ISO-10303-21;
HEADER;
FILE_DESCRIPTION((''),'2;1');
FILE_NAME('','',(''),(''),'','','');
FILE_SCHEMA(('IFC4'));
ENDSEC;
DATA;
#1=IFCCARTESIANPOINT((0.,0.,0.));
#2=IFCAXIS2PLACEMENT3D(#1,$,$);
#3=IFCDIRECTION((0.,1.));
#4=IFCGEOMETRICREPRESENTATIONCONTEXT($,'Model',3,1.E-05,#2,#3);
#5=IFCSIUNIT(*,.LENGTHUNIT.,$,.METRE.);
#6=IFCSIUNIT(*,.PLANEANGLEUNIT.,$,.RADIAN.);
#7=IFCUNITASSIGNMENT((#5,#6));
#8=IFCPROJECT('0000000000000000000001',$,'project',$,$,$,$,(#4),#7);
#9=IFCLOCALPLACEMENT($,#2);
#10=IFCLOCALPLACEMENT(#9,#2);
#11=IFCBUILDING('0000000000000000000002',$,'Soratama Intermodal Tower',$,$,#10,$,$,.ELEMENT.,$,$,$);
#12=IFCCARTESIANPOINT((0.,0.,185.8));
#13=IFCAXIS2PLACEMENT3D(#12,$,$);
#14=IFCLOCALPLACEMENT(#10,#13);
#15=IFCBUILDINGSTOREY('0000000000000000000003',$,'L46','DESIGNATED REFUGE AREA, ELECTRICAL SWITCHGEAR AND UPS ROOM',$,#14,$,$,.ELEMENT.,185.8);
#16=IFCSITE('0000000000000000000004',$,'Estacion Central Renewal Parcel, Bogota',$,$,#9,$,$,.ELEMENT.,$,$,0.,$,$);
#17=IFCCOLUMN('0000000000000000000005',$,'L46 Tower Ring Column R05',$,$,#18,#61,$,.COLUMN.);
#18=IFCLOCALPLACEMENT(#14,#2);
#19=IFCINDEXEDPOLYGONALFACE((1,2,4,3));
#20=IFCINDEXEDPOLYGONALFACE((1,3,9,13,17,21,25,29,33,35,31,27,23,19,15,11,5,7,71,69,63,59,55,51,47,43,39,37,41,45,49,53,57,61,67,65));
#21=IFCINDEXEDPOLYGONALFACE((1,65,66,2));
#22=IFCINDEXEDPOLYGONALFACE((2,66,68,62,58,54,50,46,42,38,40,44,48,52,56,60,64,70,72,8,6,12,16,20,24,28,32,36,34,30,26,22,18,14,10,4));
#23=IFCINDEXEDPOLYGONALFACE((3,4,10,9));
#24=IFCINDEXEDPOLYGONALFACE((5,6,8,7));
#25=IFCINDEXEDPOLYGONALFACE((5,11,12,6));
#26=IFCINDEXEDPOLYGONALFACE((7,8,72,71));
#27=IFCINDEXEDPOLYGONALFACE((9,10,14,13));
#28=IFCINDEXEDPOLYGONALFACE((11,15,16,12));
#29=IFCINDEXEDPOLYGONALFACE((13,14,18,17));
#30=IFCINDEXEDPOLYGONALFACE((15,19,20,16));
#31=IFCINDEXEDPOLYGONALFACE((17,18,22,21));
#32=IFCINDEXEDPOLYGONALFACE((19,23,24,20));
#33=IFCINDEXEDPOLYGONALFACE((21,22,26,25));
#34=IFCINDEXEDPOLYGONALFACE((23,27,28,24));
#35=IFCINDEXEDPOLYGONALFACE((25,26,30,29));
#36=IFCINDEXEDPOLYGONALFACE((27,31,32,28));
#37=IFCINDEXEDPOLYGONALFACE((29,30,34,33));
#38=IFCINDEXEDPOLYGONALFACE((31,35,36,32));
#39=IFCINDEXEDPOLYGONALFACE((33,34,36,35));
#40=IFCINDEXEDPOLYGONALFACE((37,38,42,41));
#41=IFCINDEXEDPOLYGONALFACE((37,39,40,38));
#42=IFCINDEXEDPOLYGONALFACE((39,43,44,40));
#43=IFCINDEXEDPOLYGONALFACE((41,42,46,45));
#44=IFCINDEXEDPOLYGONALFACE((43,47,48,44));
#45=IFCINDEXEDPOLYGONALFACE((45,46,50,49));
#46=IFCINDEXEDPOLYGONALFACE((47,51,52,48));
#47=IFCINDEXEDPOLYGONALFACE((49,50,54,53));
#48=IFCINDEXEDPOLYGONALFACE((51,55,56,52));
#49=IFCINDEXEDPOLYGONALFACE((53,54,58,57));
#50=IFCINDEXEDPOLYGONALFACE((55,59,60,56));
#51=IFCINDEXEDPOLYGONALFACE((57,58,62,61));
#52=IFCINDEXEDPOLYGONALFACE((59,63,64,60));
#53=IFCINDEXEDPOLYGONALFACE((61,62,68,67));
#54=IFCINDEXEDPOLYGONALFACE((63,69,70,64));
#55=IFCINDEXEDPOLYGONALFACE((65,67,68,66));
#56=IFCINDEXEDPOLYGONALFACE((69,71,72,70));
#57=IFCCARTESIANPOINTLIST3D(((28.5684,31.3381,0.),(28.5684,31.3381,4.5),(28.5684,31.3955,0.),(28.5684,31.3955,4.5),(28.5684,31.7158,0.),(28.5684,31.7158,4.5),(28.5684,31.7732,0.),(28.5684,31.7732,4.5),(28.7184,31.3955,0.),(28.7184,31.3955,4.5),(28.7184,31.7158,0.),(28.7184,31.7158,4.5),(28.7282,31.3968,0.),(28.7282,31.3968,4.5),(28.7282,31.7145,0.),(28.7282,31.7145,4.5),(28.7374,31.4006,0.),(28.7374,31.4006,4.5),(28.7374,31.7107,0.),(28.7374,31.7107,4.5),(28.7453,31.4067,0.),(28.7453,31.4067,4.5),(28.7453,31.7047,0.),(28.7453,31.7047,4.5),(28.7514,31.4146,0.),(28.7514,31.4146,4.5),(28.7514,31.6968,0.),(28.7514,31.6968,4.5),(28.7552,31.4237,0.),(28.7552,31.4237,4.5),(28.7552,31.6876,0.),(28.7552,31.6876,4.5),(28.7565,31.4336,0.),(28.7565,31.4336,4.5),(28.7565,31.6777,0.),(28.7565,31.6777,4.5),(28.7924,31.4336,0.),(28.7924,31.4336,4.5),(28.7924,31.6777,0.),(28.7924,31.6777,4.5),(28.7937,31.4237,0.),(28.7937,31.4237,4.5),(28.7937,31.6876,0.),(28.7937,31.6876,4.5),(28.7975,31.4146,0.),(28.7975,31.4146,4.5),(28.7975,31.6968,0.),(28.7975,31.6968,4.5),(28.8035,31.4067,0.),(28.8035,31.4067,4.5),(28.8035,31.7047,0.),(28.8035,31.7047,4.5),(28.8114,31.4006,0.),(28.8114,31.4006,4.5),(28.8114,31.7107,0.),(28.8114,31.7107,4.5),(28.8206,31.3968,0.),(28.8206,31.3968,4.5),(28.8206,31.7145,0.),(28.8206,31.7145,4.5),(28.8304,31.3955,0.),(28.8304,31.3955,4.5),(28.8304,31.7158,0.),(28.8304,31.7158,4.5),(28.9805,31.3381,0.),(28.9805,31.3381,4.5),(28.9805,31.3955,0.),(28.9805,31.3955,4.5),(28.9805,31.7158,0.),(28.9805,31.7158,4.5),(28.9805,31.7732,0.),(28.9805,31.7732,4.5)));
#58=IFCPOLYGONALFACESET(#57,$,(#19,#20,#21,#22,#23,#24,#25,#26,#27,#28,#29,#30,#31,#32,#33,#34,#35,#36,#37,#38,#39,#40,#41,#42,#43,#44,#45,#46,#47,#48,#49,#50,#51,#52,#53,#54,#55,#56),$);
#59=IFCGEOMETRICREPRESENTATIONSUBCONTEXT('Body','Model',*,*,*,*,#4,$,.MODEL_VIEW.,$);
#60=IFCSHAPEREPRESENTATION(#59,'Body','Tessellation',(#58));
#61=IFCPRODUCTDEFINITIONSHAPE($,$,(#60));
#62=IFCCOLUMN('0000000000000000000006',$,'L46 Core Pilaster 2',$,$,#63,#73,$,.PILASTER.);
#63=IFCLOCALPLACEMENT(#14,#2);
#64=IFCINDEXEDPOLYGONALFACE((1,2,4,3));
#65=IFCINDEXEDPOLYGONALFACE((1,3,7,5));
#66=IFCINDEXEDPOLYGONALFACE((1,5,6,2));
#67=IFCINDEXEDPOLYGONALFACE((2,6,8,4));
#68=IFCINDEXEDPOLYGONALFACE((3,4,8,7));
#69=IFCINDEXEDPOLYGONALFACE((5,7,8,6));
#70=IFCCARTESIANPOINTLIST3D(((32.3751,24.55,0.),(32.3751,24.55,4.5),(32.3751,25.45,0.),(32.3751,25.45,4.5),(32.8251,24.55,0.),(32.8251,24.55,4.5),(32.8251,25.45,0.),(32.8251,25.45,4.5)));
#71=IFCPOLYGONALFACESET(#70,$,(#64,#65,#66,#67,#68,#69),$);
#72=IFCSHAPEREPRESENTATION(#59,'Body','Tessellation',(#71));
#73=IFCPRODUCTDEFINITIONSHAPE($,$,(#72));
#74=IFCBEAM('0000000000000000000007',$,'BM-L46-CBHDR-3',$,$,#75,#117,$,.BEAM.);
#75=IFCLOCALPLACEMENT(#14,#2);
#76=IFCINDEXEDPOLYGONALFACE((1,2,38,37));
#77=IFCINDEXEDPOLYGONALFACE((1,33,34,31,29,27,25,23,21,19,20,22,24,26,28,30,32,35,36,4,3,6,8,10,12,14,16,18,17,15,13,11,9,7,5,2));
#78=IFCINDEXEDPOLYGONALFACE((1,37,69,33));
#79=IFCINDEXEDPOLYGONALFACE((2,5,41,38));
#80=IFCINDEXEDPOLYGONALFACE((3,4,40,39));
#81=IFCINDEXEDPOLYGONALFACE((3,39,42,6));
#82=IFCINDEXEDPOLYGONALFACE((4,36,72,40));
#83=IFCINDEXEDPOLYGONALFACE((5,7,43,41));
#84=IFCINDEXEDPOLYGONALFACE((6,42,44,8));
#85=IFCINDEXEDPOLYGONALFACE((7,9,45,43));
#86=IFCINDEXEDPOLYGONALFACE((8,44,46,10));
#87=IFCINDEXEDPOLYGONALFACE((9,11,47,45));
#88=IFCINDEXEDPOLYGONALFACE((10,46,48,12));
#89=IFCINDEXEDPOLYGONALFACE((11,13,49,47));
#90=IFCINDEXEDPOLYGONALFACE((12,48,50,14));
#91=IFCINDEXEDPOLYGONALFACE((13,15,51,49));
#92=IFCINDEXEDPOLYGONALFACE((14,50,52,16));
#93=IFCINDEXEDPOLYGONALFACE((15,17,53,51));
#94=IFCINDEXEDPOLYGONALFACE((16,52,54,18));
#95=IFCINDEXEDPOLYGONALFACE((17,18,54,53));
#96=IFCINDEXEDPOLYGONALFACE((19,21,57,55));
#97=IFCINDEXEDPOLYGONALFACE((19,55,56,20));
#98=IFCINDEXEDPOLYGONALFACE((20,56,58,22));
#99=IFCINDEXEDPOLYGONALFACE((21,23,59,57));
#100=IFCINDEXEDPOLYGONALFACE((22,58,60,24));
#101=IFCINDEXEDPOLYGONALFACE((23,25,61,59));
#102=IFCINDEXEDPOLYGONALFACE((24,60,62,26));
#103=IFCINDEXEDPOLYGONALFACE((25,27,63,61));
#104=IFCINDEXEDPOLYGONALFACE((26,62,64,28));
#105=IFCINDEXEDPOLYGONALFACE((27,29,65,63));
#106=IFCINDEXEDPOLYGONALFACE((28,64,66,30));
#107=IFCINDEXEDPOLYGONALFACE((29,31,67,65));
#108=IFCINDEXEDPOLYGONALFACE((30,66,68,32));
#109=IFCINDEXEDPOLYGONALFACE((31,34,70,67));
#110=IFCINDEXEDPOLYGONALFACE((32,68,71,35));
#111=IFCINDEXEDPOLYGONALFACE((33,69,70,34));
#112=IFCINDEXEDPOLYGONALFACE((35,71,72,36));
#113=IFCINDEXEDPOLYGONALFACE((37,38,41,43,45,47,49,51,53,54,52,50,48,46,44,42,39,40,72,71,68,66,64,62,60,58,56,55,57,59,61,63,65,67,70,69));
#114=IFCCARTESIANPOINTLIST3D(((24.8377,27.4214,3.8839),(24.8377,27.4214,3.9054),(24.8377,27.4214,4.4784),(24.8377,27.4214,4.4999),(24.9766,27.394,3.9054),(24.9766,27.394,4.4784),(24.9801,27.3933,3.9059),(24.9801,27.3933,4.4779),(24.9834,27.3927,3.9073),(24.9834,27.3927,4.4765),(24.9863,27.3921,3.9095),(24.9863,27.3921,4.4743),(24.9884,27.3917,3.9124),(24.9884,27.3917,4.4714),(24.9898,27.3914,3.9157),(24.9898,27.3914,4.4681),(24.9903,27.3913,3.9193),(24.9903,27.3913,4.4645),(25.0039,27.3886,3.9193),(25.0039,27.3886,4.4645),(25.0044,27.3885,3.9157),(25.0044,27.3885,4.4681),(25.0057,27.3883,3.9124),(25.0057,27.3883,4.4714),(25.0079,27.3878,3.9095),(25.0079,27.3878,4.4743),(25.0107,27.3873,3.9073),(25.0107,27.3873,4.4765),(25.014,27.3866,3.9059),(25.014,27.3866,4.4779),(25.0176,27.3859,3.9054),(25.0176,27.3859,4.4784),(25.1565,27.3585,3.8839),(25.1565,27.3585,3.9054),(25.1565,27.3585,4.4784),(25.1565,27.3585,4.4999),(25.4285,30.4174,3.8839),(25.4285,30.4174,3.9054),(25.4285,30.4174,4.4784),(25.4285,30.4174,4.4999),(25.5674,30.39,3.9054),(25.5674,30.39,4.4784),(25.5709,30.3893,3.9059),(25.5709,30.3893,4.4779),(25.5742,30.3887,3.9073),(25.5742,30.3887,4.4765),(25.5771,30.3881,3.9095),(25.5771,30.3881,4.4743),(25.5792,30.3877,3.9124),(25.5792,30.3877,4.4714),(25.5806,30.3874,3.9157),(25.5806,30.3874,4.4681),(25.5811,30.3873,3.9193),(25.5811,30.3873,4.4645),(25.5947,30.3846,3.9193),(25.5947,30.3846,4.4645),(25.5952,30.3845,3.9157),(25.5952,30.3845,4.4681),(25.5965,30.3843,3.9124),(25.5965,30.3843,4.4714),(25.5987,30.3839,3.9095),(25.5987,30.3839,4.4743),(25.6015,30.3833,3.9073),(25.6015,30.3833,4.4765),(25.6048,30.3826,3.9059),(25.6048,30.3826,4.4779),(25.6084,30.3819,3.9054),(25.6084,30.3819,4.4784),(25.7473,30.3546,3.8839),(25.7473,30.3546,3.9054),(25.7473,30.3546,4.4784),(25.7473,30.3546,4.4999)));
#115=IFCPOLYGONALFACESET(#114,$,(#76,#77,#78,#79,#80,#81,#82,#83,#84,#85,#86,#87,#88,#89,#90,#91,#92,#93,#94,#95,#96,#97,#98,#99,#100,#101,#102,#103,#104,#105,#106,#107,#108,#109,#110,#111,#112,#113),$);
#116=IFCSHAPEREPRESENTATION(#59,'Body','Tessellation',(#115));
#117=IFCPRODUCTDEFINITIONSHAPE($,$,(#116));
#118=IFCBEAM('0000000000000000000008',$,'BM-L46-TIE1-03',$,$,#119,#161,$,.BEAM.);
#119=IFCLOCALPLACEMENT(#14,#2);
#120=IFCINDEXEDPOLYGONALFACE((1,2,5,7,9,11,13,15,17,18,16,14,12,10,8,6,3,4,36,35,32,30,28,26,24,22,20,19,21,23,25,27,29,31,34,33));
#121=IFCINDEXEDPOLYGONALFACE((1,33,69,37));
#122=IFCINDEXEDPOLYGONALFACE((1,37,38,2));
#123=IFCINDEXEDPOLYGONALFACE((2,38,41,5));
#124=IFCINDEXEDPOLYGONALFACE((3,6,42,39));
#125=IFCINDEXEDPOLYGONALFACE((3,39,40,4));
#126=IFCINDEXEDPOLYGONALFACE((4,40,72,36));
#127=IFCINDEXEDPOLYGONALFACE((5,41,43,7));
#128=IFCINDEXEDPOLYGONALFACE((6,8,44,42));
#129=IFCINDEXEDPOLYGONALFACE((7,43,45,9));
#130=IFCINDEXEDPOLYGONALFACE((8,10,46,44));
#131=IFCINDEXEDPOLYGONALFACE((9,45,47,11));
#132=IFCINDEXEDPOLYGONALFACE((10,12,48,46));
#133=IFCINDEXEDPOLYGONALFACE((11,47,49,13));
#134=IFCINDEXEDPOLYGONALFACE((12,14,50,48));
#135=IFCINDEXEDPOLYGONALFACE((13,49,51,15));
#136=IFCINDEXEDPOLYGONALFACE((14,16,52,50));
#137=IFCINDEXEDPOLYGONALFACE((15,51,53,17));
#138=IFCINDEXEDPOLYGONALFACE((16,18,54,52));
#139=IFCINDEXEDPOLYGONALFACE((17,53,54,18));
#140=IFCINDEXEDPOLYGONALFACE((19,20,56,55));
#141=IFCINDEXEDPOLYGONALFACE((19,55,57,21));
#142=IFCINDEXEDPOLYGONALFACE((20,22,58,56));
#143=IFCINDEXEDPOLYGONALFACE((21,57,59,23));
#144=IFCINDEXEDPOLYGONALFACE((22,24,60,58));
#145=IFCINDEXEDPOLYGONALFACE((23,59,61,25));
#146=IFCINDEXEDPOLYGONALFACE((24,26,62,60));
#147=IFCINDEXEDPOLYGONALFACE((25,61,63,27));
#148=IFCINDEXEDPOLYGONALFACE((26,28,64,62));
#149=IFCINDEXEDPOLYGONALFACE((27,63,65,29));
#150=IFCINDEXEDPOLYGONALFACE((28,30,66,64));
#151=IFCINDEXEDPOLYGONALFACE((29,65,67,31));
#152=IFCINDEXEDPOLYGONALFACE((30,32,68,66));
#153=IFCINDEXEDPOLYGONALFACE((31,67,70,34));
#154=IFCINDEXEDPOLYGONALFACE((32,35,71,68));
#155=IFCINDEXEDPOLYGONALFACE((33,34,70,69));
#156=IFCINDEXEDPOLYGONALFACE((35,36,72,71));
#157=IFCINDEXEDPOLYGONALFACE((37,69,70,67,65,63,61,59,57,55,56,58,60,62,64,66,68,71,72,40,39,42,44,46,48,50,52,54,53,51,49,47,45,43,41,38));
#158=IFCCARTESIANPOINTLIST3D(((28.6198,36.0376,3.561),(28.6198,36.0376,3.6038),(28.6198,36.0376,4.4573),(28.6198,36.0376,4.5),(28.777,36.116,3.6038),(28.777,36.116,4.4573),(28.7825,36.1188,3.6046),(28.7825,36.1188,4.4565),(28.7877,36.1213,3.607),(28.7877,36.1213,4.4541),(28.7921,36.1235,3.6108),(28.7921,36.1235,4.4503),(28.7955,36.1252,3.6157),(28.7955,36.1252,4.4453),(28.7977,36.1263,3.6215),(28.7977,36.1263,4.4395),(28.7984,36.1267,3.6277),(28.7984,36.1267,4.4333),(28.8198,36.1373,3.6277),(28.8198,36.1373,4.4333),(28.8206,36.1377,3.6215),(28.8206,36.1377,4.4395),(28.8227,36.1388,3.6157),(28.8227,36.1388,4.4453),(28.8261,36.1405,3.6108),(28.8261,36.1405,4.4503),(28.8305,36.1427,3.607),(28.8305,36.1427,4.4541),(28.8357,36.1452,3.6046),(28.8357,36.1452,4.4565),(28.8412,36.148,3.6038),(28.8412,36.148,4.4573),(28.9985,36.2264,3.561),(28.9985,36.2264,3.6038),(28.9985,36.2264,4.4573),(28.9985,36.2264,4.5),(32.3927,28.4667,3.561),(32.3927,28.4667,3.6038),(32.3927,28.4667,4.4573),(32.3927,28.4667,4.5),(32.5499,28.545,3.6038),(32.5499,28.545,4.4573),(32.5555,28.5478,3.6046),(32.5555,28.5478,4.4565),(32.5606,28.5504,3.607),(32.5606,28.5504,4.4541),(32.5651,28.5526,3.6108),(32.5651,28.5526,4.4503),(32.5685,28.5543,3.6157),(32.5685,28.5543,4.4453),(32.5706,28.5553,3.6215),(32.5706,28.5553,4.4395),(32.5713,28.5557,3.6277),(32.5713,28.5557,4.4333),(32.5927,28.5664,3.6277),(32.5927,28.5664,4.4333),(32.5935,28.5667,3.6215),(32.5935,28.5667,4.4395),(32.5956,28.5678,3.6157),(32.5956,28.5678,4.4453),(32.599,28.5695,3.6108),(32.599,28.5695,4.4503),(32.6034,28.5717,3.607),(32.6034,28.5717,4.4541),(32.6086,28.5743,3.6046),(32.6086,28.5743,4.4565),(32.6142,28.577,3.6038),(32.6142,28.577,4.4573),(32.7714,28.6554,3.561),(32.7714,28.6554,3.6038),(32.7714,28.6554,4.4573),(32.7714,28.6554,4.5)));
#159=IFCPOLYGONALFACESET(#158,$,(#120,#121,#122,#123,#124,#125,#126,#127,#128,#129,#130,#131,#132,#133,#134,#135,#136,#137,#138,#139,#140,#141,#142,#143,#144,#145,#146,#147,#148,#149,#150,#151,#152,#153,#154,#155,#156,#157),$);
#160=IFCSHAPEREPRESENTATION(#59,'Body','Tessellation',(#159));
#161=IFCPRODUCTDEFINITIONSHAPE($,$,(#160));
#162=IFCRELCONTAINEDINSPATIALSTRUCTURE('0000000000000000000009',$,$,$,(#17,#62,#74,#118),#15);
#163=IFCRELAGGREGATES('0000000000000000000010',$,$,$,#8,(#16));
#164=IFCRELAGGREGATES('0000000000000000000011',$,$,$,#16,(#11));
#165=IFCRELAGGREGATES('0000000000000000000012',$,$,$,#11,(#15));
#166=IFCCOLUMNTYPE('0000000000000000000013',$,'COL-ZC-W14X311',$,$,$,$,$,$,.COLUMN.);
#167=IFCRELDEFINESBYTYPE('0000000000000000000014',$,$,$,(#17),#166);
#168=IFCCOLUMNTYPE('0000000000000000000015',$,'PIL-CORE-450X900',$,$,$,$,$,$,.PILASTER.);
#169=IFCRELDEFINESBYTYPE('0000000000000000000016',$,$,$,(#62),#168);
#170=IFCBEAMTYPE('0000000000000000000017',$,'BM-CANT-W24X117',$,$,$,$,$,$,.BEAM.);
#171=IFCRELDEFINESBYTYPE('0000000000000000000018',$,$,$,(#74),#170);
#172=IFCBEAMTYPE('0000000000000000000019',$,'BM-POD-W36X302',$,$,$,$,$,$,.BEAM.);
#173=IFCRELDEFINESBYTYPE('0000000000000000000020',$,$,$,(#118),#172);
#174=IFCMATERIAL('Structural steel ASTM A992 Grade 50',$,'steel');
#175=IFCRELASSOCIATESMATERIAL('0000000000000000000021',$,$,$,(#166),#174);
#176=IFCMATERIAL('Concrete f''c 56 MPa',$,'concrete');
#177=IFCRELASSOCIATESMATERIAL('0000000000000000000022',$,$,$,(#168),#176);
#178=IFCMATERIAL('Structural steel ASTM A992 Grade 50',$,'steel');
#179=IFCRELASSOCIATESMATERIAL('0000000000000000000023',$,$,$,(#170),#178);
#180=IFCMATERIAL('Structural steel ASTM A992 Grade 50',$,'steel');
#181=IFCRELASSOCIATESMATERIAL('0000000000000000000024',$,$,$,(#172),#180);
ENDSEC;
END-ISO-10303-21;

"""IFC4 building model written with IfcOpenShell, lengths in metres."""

from ifc_helpers import new_model, si_unit, direction, frame, origin, origin_2d, place, context, subcontext, project, spatial, rectangle, i_section, extrude, material, material_profile, profile_set, type_object, element, save


model = new_model("IFC4")

# Units and contexts
model_context = context("Model", 3, precision=1e-05, world=origin(), true_north=direction((0.0, 1.0)))
body_context = subcontext(model_context, "Body", "Model", "MODEL_VIEW")
ifc_project = project(units=[si_unit("LENGTHUNIT", "METRE"), si_unit("PLANEANGLEUNIT", "RADIAN")], contexts=[model_context])

# Site, building, storey
site_placement = place(None, origin())
site = spatial("IfcSite", under=ifc_project, at=site_placement, Name="Estacion Central Renewal Parcel, Bogota", CompositionType="ELEMENT", RefElevation=0.0)
building_placement = place(site_placement, origin())
building = spatial("IfcBuilding", under=site, at=building_placement, Name="Soratama Intermodal Tower", CompositionType="ELEMENT")
storey_placement = place(building_placement, frame((0.0, 0.0, 185.8)))
storey = spatial("IfcBuildingStorey", under=building, at=storey_placement, Name="L46", Description="DESIGNATED REFUGE AREA, ELECTRICAL SWITCHGEAR AND UPS ROOM", CompositionType="ELEMENT", Elevation=185.8)

# Columns
ifc_material_1 = material(Name="Structural steel ASTM A992 Grade 50", Category="steel")
ifc_material_profile_1 = material_profile(ifc_material_1, i_section(OverallWidth=0.4121, OverallDepth=0.4351, WebThickness=0.0359, FlangeThickness=0.0574, FilletRadius=0.0381, at=origin_2d()), Name="W14X311")
ifc_profile_set_1 = profile_set([ifc_material_profile_1], Name="Structural steel ASTM A992 Grade 50")
column_type_1 = type_object("IfcColumnType", Name="COL-ZC-W14X311", PredefinedType="COLUMN", material=ifc_profile_set_1)
column_1_placement = place(storey_placement, frame((28.7744, 31.5557, 0.0), z_axis=(0.0, 0.0, 1.0), x_axis=(1.0, 0.0, 0.0)))
element("IfcColumn", 1, at=column_1_placement, inside=storey, type_object=column_type_1, Name="L46 Tower Ring Column R05", PredefinedType="COLUMN", context=body_context, shape_type="SweptSolid", body=[
    extrude(i_section(OverallWidth=0.4121, OverallDepth=0.4351, WebThickness=0.0359, FlangeThickness=0.0574, FilletRadius=0.0381, at=origin_2d()), origin(), (0.0, 0.0, 1.0), 4.5),
])
ifc_material_2 = material(Name="Concrete f'c 56 MPa", Category="concrete")
ifc_material_profile_2 = material_profile(ifc_material_2, rectangle(XDim=0.45, YDim=0.8999, at=origin_2d()), Name="RC450X900")
ifc_profile_set_2 = profile_set([ifc_material_profile_2], Name="Concrete f'c 56 MPa")
column_type_2 = type_object("IfcColumnType", Name="PIL-CORE-450X900", PredefinedType="PILASTER", material=ifc_profile_set_2)
column_2_placement = place(storey_placement, frame((32.6001, 25.0, 0.0), z_axis=(0.0, 0.0, 1.0), x_axis=(1.0, 0.0, 0.0)))
element("IfcColumn", 2, at=column_2_placement, inside=storey, type_object=column_type_2, Name="L46 Core Pilaster 2", PredefinedType="PILASTER", context=body_context, shape_type="SweptSolid", body=[
    extrude(rectangle(XDim=0.45, YDim=0.8999, at=origin_2d()), origin(), (0.0, 0.0, 1.0), 4.5),
])

# Beams
ifc_material_3 = material(Name="Structural steel ASTM A992 Grade 50", Category="steel")
ifc_material_profile_3 = material_profile(ifc_material_3, i_section(OverallWidth=0.325, OverallDepth=0.616, WebThickness=0.0139, FlangeThickness=0.0215, FilletRadius=0.0139, at=origin_2d()), Name="W24X117")
ifc_profile_set_3 = profile_set([ifc_material_profile_3], Name="Structural steel ASTM A992 Grade 50")
beam_type_1 = type_object("IfcBeamType", Name="BM-CANT-W24X117", PredefinedType="BEAM", material=ifc_profile_set_3)
beam_1_placement = place(storey_placement, frame((25.5879, 30.386, 4.1919), z_axis=(-0.193471, -0.981106, 0.0), x_axis=(0.981106, -0.193471, 0.0)))
element("IfcBeam", 3, at=beam_1_placement, inside=storey, type_object=beam_type_1, Name="BM-L46-CBHDR-3", PredefinedType="BEAM", context=body_context, shape_type="SweptSolid", body=[
    extrude(i_section(OverallWidth=0.325, OverallDepth=0.616, WebThickness=0.0139, FlangeThickness=0.0215, FilletRadius=0.0139, at=origin_2d()), origin(), (0.0, 0.0, 1.0), 3.0537),
])
ifc_material_4 = material(Name="Structural steel ASTM A992 Grade 50", Category="steel")
ifc_material_profile_4 = material_profile(ifc_material_4, i_section(OverallWidth=0.4231, OverallDepth=0.939, WebThickness=0.0239, FlangeThickness=0.0427, FilletRadius=0.0239, at=origin_2d()), Name="W36X302")
ifc_profile_set_4 = profile_set([ifc_material_profile_4], Name="Structural steel ASTM A992 Grade 50")
beam_type_2 = type_object("IfcBeamType", Name="BM-POD-W36X302", PredefinedType="BEAM", material=ifc_profile_set_4)
beam_2_placement = place(storey_placement, frame((32.582, 28.561, 4.0305), z_axis=(-0.446024, 0.895021, 0.0), x_axis=(-0.895021, -0.446024, 0.0)))
element("IfcBeam", 4, at=beam_2_placement, inside=storey, type_object=beam_type_2, Name="BM-L46-TIE1-03", PredefinedType="BEAM", context=body_context, shape_type="SweptSolid", body=[
    extrude(i_section(OverallWidth=0.4231, OverallDepth=0.939, WebThickness=0.0239, FlangeThickness=0.0427, FilletRadius=0.0239, at=origin_2d()), origin(), (0.0, 0.0, 1.0), 8.459),
])

save(model, "model.ifc")
